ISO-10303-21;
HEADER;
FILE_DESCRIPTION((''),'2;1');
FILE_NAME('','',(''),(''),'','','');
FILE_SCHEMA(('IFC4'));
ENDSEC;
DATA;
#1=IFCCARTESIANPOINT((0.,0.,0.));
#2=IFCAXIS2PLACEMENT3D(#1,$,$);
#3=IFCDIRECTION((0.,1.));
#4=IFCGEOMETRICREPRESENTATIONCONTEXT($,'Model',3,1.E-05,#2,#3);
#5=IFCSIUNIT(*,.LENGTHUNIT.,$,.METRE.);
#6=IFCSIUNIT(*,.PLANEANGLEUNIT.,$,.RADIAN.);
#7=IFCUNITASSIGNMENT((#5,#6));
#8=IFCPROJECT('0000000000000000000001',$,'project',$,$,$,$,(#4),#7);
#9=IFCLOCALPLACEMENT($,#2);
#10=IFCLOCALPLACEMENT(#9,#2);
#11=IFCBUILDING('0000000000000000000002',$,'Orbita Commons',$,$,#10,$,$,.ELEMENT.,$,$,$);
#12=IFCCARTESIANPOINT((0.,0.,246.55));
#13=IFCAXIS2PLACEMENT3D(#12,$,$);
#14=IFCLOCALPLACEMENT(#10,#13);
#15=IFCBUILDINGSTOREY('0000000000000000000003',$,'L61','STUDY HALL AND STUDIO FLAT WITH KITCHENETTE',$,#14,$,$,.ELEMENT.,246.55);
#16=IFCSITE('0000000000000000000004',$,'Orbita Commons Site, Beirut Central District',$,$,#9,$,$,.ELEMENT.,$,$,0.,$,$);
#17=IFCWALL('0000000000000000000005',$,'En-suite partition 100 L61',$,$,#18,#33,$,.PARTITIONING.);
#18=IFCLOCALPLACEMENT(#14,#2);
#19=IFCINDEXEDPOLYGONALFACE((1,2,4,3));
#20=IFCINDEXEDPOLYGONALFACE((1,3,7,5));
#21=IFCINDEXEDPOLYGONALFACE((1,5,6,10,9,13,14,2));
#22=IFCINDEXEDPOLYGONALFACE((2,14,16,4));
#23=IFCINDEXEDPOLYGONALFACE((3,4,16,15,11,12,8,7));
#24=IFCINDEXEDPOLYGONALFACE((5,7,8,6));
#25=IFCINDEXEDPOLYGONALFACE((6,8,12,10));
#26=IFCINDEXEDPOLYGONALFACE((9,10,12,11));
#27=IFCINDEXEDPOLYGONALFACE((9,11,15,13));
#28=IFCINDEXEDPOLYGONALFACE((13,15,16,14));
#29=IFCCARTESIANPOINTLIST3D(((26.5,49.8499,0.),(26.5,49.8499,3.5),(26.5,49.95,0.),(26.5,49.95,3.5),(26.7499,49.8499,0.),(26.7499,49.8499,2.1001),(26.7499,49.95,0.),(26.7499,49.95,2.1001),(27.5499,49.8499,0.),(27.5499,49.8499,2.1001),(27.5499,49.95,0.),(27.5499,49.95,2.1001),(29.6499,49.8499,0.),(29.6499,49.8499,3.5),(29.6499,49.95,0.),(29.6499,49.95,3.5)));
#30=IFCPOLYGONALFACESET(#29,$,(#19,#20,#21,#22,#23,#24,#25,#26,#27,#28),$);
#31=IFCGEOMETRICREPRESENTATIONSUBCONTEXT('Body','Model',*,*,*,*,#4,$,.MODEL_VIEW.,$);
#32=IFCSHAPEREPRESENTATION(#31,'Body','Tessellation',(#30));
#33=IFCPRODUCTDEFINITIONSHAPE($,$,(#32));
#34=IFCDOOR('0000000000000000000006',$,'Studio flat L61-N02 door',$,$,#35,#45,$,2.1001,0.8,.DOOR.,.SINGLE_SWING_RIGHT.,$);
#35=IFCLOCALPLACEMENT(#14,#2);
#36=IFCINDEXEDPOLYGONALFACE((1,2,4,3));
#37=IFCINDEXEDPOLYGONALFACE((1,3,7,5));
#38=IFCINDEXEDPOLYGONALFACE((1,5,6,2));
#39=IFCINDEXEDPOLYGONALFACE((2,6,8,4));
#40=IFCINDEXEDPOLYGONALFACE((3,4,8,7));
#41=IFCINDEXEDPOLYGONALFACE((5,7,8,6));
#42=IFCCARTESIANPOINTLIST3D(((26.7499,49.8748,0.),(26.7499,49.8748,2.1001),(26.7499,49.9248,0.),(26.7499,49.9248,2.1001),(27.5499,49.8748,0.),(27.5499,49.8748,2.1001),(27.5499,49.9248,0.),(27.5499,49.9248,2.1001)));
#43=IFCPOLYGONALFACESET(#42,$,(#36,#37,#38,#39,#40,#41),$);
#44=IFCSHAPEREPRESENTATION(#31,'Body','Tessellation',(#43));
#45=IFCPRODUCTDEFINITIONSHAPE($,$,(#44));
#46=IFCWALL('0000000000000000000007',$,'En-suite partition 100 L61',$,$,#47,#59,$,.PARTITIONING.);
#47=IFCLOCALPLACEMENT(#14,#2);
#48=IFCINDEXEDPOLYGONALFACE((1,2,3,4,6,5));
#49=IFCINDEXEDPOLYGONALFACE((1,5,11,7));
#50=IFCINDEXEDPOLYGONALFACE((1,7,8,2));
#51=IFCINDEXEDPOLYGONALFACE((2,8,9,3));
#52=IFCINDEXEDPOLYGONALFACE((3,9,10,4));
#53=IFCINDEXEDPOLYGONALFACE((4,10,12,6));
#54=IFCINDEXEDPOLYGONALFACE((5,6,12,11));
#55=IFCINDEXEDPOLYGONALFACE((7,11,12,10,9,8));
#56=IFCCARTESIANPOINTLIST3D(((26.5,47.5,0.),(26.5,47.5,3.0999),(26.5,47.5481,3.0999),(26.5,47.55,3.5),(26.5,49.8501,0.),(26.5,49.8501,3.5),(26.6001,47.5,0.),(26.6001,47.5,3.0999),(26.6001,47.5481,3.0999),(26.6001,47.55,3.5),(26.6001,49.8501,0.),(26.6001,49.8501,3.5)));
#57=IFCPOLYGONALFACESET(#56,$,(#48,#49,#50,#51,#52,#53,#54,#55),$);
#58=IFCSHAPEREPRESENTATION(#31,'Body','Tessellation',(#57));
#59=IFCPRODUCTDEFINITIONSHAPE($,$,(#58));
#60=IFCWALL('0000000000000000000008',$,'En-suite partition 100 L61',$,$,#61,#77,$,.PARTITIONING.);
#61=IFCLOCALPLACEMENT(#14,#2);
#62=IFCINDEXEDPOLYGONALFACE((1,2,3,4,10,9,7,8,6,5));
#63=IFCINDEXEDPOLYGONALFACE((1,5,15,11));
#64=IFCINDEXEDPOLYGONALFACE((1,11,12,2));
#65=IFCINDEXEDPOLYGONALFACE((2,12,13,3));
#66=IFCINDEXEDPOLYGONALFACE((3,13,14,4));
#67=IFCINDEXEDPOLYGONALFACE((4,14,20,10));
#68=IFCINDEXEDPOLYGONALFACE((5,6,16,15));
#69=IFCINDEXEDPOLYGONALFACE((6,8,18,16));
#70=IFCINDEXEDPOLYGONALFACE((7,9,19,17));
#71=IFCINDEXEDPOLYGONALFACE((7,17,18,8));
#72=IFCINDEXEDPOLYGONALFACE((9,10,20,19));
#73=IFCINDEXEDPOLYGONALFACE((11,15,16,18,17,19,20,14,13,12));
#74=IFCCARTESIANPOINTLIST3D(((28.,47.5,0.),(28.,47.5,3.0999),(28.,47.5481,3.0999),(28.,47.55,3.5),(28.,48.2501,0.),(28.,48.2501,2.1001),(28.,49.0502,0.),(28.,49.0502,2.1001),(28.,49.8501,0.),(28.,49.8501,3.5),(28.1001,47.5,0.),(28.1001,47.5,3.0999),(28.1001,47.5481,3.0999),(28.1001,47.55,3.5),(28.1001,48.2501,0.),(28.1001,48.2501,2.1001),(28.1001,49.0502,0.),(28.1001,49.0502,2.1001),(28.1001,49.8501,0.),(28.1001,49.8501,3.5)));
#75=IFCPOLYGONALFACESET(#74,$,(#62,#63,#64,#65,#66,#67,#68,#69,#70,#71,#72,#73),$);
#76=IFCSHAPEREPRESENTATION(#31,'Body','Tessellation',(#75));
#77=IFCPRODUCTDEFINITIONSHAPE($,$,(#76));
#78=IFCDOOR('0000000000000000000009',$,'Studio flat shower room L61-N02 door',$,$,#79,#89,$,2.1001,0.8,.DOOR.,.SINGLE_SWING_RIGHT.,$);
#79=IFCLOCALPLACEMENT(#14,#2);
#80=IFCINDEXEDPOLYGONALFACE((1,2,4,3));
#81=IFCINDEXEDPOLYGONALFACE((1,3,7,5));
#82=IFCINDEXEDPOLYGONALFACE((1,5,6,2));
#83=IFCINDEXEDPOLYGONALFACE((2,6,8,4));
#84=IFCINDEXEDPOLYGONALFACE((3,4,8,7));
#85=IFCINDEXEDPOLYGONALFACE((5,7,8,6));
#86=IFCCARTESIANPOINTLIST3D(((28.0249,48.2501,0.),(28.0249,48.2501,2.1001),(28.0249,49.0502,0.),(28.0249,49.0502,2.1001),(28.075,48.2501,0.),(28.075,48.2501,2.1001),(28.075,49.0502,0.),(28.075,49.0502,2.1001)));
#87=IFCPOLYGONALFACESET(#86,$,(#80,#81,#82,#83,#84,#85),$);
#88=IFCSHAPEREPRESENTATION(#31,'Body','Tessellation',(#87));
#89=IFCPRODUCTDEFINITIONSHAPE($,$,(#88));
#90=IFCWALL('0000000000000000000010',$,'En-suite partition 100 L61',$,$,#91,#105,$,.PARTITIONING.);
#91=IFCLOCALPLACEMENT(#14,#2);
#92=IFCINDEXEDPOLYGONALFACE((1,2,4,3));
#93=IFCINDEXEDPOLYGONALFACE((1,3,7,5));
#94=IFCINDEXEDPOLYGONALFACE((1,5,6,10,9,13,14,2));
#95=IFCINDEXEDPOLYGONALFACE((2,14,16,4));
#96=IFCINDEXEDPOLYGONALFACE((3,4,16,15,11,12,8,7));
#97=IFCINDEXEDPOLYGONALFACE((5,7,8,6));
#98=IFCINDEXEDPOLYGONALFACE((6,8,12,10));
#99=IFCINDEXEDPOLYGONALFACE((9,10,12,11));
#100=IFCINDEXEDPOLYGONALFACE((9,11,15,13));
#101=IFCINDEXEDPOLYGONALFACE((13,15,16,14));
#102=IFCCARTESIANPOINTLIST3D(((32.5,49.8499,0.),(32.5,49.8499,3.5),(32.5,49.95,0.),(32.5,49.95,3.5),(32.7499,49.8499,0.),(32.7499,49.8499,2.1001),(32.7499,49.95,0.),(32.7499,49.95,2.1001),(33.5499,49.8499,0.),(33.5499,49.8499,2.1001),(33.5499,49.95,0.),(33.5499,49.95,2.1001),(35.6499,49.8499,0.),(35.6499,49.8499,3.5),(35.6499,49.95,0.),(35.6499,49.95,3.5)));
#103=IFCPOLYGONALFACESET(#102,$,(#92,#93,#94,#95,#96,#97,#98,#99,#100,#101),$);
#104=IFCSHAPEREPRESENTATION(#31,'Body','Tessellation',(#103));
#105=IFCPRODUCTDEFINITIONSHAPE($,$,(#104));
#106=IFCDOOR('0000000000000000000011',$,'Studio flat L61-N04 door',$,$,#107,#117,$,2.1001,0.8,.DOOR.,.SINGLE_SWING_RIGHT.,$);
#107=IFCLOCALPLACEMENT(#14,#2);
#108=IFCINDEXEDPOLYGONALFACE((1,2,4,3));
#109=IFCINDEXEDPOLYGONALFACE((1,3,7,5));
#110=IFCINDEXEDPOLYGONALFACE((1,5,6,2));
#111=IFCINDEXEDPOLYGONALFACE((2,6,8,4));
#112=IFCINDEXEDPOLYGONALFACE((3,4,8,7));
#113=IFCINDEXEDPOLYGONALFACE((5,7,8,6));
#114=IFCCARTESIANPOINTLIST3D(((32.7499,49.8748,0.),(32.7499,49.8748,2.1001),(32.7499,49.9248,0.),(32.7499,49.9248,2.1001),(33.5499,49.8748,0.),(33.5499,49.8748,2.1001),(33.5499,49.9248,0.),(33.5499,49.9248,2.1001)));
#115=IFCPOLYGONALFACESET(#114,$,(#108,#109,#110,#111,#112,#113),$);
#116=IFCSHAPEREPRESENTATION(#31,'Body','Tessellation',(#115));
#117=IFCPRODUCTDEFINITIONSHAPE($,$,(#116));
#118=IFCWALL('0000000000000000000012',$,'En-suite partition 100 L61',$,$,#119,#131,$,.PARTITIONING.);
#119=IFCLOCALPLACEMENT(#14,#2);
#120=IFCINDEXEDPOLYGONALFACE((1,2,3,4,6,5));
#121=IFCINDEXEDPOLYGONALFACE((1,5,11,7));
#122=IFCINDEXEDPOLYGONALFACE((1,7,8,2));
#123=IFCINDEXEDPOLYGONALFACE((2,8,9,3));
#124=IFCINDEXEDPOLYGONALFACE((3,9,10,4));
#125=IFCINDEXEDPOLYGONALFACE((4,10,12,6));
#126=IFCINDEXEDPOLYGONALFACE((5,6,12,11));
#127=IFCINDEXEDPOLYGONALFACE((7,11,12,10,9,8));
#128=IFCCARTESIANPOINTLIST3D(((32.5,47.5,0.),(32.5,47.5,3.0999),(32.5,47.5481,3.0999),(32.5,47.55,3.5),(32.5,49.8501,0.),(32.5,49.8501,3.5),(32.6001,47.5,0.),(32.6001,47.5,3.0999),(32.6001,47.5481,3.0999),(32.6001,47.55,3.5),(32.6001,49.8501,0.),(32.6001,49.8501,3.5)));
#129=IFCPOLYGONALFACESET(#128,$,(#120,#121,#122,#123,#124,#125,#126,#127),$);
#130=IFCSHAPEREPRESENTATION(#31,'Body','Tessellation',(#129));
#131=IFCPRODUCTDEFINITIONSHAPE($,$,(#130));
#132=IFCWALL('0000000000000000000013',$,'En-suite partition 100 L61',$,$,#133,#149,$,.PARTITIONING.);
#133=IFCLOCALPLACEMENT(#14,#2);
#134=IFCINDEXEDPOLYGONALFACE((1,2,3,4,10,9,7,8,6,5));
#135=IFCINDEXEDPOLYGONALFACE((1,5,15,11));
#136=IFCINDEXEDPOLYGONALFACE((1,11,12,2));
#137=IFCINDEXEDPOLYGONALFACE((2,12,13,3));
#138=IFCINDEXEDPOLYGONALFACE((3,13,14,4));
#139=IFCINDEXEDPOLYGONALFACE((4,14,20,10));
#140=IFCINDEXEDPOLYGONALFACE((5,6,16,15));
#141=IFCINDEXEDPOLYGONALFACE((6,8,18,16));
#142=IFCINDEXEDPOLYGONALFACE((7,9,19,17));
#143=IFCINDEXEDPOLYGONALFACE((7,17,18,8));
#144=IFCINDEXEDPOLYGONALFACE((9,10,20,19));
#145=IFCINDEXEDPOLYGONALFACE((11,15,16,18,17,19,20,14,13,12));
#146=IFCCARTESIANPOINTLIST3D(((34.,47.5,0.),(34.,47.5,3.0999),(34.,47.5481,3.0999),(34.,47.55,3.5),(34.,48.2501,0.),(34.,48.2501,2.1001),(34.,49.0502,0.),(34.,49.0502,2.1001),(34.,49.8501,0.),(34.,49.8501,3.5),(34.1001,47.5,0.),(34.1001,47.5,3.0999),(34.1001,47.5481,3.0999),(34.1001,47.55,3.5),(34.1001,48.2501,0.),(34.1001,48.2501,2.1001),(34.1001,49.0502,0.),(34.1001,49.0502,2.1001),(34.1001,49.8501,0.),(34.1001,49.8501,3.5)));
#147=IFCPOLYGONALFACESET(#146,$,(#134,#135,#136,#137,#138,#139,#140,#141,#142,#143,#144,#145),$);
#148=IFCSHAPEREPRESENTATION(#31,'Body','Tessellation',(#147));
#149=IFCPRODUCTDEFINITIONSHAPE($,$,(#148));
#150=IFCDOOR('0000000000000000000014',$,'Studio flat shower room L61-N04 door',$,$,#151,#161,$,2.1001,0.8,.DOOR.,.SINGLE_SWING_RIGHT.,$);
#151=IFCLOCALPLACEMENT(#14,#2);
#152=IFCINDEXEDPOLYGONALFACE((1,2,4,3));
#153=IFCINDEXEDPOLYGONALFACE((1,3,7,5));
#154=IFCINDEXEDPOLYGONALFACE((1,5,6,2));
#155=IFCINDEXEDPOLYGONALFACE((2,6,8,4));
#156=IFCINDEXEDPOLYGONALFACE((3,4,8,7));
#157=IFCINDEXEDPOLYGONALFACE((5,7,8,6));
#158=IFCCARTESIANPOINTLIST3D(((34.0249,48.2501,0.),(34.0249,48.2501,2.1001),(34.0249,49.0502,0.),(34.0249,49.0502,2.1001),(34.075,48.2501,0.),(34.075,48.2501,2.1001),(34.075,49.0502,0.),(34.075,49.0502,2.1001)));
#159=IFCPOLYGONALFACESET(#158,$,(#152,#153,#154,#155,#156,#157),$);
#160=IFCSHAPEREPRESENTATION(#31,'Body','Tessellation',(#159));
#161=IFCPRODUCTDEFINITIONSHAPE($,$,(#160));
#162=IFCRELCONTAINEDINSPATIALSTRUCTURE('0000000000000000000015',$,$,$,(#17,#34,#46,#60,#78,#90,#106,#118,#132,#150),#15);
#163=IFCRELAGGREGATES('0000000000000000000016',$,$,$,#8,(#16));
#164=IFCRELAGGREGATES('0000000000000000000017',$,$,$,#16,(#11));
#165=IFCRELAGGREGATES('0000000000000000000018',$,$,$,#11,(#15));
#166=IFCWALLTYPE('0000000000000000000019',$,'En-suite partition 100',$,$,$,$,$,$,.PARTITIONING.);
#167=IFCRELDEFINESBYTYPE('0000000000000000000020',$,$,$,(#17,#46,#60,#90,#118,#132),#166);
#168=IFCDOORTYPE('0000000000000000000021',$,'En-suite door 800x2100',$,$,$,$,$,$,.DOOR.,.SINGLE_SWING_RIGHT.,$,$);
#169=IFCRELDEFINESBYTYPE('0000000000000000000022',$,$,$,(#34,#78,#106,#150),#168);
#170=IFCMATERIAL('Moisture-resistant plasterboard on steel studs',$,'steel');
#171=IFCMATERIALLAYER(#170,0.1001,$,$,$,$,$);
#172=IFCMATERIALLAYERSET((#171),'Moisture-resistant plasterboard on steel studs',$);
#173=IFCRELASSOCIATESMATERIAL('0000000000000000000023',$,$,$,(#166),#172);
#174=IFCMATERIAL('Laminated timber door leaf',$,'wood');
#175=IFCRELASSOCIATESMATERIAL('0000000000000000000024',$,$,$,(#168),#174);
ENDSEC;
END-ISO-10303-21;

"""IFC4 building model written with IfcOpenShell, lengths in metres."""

from ifc_helpers import new_model, si_unit, direction, frame, frame_2d, origin, place, context, subcontext, project, spatial, polyline, rectangle, outline, extrude, material, layer, layer_set, type_object, element, fill, save


model = new_model("IFC4")

# Units and contexts
model_context = context("Model", 3, precision=1e-05, world=origin(), true_north=direction((0.0, 1.0)))
body_context = subcontext(model_context, "Body", "Model", "MODEL_VIEW")
ifc_project = project(units=[si_unit("LENGTHUNIT", "METRE"), si_unit("PLANEANGLEUNIT", "RADIAN")], contexts=[model_context])

# Site, building, storey
site_placement = place(None, origin())
site = spatial("IfcSite", under=ifc_project, at=site_placement, Name="Orbita Commons Site, Beirut Central District", CompositionType="ELEMENT", RefElevation=0.0)
building_placement = place(site_placement, origin())
building = spatial("IfcBuilding", under=site, at=building_placement, Name="Orbita Commons", CompositionType="ELEMENT")
storey_placement = place(building_placement, frame((0.0, 0.0, 246.55)))
storey = spatial("IfcBuildingStorey", under=building, at=storey_placement, Name="L61", Description="STUDY HALL AND STUDIO FLAT WITH KITCHENETTE", CompositionType="ELEMENT", Elevation=246.55)

# Wall, opening, door
ifc_material_1 = material(Name="Moisture-resistant plasterboard on steel studs", Category="steel")
ifc_layer_1 = layer(ifc_material_1, 0.1001)
ifc_layer_set_1 = layer_set([ifc_layer_1], Name="Moisture-resistant plasterboard on steel studs")
wall_type_1 = type_object("IfcWallType", Name="En-suite partition 100", PredefinedType="PARTITIONING", material=ifc_layer_set_1)
wall_1_placement = place(storey_placement, frame((26.5, 49.8999, 0.0), z_axis=(0.0, 0.0, 1.0), x_axis=(1.0, 0.0, 0.0)))
wall_1 = element("IfcWall", 1, at=wall_1_placement, inside=storey, type_object=wall_type_1, Name="En-suite partition 100 L61", PredefinedType="PARTITIONING", context=body_context, shape_type="SweptSolid", body=[
    extrude(rectangle(XDim=3.1499, YDim=0.1001, at=frame_2d((1.575, 0.0))), origin(), (0.0, 0.0, 1.0), 3.5),
])
opening_1_placement = place(wall_1_placement, frame((0.25, 0.0, 0.0)))
opening_1 = element("IfcOpeningElement", 2, at=opening_1_placement, cuts=wall_1, PredefinedType="OPENING", context=body_context, shape_type="SweptSolid", body=[
    extrude(rectangle(XDim=0.8, YDim=2.1001, at=frame_2d((0.3999, 1.05))), frame((0.0, 0.0601, 0.0), z_axis=(0.0, -1.0, 0.0), x_axis=(1.0, 0.0, 0.0)), (0.0, 0.0, 1.0), 0.1201),
])
ifc_material_2 = material(Name="Laminated timber door leaf", Category="wood")
door_type_1 = type_object("IfcDoorType", Name="En-suite door 800x2100", OperationType="SINGLE_SWING_RIGHT", PredefinedType="DOOR", material=ifc_material_2)
door_1_placement = place(opening_1_placement, origin())
door_1 = element("IfcDoor", 3, at=door_1_placement, inside=storey, type_object=door_type_1, Name="Studio flat L61-N02 door", OperationType="SINGLE_SWING_RIGHT", OverallHeight=2.1001, OverallWidth=0.8, PredefinedType="DOOR", context=body_context, shape_type="SweptSolid", body=[
    extrude(rectangle(XDim=0.8, YDim=2.1001, at=frame_2d((0.3999, 1.05))), frame((0.0, 0.0249, 0.0), z_axis=(0.0, -1.0, 0.0), x_axis=(1.0, 0.0, 0.0)), (0.0, 0.0, 1.0), 0.05),
])
fill(opening_1, door_1)

# Wall
wall_2_placement = place(storey_placement, frame((26.55, 49.8501, 0.0), z_axis=(0.0, 0.0, 1.0), x_axis=(0.0, -1.0, 0.0)))
element("IfcWall", 4, at=wall_2_placement, inside=storey, type_object=wall_type_1, Name="En-suite partition 100 L61", PredefinedType="PARTITIONING", context=body_context, shape_type="SweptSolid", body=[
    extrude(outline(polyline([(0.0, 0.0), (2.3501, 0.0), (2.3501, 3.0999), (2.302, 3.0999), (2.3, 3.5), (0.0, 3.5), (0.0, 0.0)])), frame((0.0, 0.05, 0.0), z_axis=(0.0, -1.0, 0.0), x_axis=(1.0, 0.0, 0.0)), (0.0, 0.0, 1.0), 0.1001),
])

# Walls, openings, doors
wall_3_placement = place(storey_placement, frame((28.05, 49.8501, 0.0), z_axis=(0.0, 0.0, 1.0), x_axis=(0.0, -1.0, 0.0)))
wall_3 = element("IfcWall", 5, at=wall_3_placement, inside=storey, type_object=wall_type_1, Name="En-suite partition 100 L61", PredefinedType="PARTITIONING", context=body_context, shape_type="SweptSolid", body=[
    extrude(outline(polyline([(0.0, 0.0), (2.3501, 0.0), (2.3501, 3.0999), (2.302, 3.0999), (2.3, 3.5), (0.0, 3.5), (0.0, 0.0)])), frame((0.0, 0.05, 0.0), z_axis=(0.0, -1.0, 0.0), x_axis=(1.0, 0.0, 0.0)), (0.0, 0.0, 1.0), 0.1001),
])
opening_2_placement = place(wall_3_placement, frame((0.8, 0.0, 0.0)))
opening_2 = element("IfcOpeningElement", 6, at=opening_2_placement, cuts=wall_3, PredefinedType="OPENING", context=body_context, shape_type="SweptSolid", body=[
    extrude(rectangle(XDim=0.8, YDim=2.1001, at=frame_2d((0.3999, 1.05))), frame((0.0, 0.0601, 0.0), z_axis=(0.0, -1.0, 0.0), x_axis=(1.0, 0.0, 0.0)), (0.0, 0.0, 1.0), 0.1201),
])
door_2_placement = place(opening_2_placement, origin())
door_2 = element("IfcDoor", 7, at=door_2_placement, inside=storey, type_object=door_type_1, Name="Studio flat shower room L61-N02 door", OperationType="SINGLE_SWING_RIGHT", OverallHeight=2.1001, OverallWidth=0.8, PredefinedType="DOOR", context=body_context, shape_type="SweptSolid", body=[
    extrude(rectangle(XDim=0.8, YDim=2.1001, at=frame_2d((0.3999, 1.05))), frame((0.0, 0.0249, 0.0), z_axis=(0.0, -1.0, 0.0), x_axis=(1.0, 0.0, 0.0)), (0.0, 0.0, 1.0), 0.05),
])
fill(opening_2, door_2)
wall_4_placement = place(storey_placement, frame((32.5, 49.8999, 0.0), z_axis=(0.0, 0.0, 1.0), x_axis=(1.0, 0.0, 0.0)))
wall_4 = element("IfcWall", 8, at=wall_4_placement, inside=storey, type_object=wall_type_1, Name="En-suite partition 100 L61", PredefinedType="PARTITIONING", context=body_context, shape_type="SweptSolid", body=[
    extrude(rectangle(XDim=3.1499, YDim=0.1001, at=frame_2d((1.575, 0.0))), origin(), (0.0, 0.0, 1.0), 3.5),
])
opening_3_placement = place(wall_4_placement, frame((0.25, 0.0, 0.0)))
opening_3 = element("IfcOpeningElement", 9, at=opening_3_placement, cuts=wall_4, PredefinedType="OPENING", context=body_context, shape_type="SweptSolid", body=[
    extrude(rectangle(XDim=0.8, YDim=2.1001, at=frame_2d((0.3999, 1.05))), frame((0.0, 0.0601, 0.0), z_axis=(0.0, -1.0, 0.0), x_axis=(1.0, 0.0, 0.0)), (0.0, 0.0, 1.0), 0.1201),
])
door_3_placement = place(opening_3_placement, origin())
door_3 = element("IfcDoor", 10, at=door_3_placement, inside=storey, type_object=door_type_1, Name="Studio flat L61-N04 door", OperationType="SINGLE_SWING_RIGHT", OverallHeight=2.1001, OverallWidth=0.8, PredefinedType="DOOR", context=body_context, shape_type="SweptSolid", body=[
    extrude(rectangle(XDim=0.8, YDim=2.1001, at=frame_2d((0.3999, 1.05))), frame((0.0, 0.0249, 0.0), z_axis=(0.0, -1.0, 0.0), x_axis=(1.0, 0.0, 0.0)), (0.0, 0.0, 1.0), 0.05),
])
fill(opening_3, door_3)

# Wall
wall_5_placement = place(storey_placement, frame((32.55, 49.8501, 0.0), z_axis=(0.0, 0.0, 1.0), x_axis=(0.0, -1.0, 0.0)))
element("IfcWall", 11, at=wall_5_placement, inside=storey, type_object=wall_type_1, Name="En-suite partition 100 L61", PredefinedType="PARTITIONING", context=body_context, shape_type="SweptSolid", body=[
    extrude(outline(polyline([(0.0, 0.0), (2.3501, 0.0), (2.3501, 3.0999), (2.302, 3.0999), (2.3, 3.5), (0.0, 3.5), (0.0, 0.0)])), frame((0.0, 0.05, 0.0), z_axis=(0.0, -1.0, 0.0), x_axis=(1.0, 0.0, 0.0)), (0.0, 0.0, 1.0), 0.1001),
])

# Wall, opening, door
wall_6_placement = place(storey_placement, frame((34.05, 49.8501, 0.0), z_axis=(0.0, 0.0, 1.0), x_axis=(0.0, -1.0, 0.0)))
wall_6 = element("IfcWall", 12, at=wall_6_placement, inside=storey, type_object=wall_type_1, Name="En-suite partition 100 L61", PredefinedType="PARTITIONING", context=body_context, shape_type="SweptSolid", body=[
    extrude(outline(polyline([(0.0, 0.0), (2.3501, 0.0), (2.3501, 3.0999), (2.302, 3.0999), (2.3, 3.5), (0.0, 3.5), (0.0, 0.0)])), frame((0.0, 0.05, 0.0), z_axis=(0.0, -1.0, 0.0), x_axis=(1.0, 0.0, 0.0)), (0.0, 0.0, 1.0), 0.1001),
])
opening_4_placement = place(wall_6_placement, frame((0.8, 0.0, 0.0)))
opening_4 = element("IfcOpeningElement", 13, at=opening_4_placement, cuts=wall_6, PredefinedType="OPENING", context=body_context, shape_type="SweptSolid", body=[
    extrude(rectangle(XDim=0.8, YDim=2.1001, at=frame_2d((0.3999, 1.05))), frame((0.0, 0.0601, 0.0), z_axis=(0.0, -1.0, 0.0), x_axis=(1.0, 0.0, 0.0)), (0.0, 0.0, 1.0), 0.1201),
])
door_4_placement = place(opening_4_placement, origin())
door_4 = element("IfcDoor", 14, at=door_4_placement, inside=storey, type_object=door_type_1, Name="Studio flat shower room L61-N04 door", OperationType="SINGLE_SWING_RIGHT", OverallHeight=2.1001, OverallWidth=0.8, PredefinedType="DOOR", context=body_context, shape_type="SweptSolid", body=[
    extrude(rectangle(XDim=0.8, YDim=2.1001, at=frame_2d((0.3999, 1.05))), frame((0.0, 0.0249, 0.0), z_axis=(0.0, -1.0, 0.0), x_axis=(1.0, 0.0, 0.0)), (0.0, 0.0, 1.0), 0.05),
])
fill(opening_4, door_4)

save(model, "model.ifc")
